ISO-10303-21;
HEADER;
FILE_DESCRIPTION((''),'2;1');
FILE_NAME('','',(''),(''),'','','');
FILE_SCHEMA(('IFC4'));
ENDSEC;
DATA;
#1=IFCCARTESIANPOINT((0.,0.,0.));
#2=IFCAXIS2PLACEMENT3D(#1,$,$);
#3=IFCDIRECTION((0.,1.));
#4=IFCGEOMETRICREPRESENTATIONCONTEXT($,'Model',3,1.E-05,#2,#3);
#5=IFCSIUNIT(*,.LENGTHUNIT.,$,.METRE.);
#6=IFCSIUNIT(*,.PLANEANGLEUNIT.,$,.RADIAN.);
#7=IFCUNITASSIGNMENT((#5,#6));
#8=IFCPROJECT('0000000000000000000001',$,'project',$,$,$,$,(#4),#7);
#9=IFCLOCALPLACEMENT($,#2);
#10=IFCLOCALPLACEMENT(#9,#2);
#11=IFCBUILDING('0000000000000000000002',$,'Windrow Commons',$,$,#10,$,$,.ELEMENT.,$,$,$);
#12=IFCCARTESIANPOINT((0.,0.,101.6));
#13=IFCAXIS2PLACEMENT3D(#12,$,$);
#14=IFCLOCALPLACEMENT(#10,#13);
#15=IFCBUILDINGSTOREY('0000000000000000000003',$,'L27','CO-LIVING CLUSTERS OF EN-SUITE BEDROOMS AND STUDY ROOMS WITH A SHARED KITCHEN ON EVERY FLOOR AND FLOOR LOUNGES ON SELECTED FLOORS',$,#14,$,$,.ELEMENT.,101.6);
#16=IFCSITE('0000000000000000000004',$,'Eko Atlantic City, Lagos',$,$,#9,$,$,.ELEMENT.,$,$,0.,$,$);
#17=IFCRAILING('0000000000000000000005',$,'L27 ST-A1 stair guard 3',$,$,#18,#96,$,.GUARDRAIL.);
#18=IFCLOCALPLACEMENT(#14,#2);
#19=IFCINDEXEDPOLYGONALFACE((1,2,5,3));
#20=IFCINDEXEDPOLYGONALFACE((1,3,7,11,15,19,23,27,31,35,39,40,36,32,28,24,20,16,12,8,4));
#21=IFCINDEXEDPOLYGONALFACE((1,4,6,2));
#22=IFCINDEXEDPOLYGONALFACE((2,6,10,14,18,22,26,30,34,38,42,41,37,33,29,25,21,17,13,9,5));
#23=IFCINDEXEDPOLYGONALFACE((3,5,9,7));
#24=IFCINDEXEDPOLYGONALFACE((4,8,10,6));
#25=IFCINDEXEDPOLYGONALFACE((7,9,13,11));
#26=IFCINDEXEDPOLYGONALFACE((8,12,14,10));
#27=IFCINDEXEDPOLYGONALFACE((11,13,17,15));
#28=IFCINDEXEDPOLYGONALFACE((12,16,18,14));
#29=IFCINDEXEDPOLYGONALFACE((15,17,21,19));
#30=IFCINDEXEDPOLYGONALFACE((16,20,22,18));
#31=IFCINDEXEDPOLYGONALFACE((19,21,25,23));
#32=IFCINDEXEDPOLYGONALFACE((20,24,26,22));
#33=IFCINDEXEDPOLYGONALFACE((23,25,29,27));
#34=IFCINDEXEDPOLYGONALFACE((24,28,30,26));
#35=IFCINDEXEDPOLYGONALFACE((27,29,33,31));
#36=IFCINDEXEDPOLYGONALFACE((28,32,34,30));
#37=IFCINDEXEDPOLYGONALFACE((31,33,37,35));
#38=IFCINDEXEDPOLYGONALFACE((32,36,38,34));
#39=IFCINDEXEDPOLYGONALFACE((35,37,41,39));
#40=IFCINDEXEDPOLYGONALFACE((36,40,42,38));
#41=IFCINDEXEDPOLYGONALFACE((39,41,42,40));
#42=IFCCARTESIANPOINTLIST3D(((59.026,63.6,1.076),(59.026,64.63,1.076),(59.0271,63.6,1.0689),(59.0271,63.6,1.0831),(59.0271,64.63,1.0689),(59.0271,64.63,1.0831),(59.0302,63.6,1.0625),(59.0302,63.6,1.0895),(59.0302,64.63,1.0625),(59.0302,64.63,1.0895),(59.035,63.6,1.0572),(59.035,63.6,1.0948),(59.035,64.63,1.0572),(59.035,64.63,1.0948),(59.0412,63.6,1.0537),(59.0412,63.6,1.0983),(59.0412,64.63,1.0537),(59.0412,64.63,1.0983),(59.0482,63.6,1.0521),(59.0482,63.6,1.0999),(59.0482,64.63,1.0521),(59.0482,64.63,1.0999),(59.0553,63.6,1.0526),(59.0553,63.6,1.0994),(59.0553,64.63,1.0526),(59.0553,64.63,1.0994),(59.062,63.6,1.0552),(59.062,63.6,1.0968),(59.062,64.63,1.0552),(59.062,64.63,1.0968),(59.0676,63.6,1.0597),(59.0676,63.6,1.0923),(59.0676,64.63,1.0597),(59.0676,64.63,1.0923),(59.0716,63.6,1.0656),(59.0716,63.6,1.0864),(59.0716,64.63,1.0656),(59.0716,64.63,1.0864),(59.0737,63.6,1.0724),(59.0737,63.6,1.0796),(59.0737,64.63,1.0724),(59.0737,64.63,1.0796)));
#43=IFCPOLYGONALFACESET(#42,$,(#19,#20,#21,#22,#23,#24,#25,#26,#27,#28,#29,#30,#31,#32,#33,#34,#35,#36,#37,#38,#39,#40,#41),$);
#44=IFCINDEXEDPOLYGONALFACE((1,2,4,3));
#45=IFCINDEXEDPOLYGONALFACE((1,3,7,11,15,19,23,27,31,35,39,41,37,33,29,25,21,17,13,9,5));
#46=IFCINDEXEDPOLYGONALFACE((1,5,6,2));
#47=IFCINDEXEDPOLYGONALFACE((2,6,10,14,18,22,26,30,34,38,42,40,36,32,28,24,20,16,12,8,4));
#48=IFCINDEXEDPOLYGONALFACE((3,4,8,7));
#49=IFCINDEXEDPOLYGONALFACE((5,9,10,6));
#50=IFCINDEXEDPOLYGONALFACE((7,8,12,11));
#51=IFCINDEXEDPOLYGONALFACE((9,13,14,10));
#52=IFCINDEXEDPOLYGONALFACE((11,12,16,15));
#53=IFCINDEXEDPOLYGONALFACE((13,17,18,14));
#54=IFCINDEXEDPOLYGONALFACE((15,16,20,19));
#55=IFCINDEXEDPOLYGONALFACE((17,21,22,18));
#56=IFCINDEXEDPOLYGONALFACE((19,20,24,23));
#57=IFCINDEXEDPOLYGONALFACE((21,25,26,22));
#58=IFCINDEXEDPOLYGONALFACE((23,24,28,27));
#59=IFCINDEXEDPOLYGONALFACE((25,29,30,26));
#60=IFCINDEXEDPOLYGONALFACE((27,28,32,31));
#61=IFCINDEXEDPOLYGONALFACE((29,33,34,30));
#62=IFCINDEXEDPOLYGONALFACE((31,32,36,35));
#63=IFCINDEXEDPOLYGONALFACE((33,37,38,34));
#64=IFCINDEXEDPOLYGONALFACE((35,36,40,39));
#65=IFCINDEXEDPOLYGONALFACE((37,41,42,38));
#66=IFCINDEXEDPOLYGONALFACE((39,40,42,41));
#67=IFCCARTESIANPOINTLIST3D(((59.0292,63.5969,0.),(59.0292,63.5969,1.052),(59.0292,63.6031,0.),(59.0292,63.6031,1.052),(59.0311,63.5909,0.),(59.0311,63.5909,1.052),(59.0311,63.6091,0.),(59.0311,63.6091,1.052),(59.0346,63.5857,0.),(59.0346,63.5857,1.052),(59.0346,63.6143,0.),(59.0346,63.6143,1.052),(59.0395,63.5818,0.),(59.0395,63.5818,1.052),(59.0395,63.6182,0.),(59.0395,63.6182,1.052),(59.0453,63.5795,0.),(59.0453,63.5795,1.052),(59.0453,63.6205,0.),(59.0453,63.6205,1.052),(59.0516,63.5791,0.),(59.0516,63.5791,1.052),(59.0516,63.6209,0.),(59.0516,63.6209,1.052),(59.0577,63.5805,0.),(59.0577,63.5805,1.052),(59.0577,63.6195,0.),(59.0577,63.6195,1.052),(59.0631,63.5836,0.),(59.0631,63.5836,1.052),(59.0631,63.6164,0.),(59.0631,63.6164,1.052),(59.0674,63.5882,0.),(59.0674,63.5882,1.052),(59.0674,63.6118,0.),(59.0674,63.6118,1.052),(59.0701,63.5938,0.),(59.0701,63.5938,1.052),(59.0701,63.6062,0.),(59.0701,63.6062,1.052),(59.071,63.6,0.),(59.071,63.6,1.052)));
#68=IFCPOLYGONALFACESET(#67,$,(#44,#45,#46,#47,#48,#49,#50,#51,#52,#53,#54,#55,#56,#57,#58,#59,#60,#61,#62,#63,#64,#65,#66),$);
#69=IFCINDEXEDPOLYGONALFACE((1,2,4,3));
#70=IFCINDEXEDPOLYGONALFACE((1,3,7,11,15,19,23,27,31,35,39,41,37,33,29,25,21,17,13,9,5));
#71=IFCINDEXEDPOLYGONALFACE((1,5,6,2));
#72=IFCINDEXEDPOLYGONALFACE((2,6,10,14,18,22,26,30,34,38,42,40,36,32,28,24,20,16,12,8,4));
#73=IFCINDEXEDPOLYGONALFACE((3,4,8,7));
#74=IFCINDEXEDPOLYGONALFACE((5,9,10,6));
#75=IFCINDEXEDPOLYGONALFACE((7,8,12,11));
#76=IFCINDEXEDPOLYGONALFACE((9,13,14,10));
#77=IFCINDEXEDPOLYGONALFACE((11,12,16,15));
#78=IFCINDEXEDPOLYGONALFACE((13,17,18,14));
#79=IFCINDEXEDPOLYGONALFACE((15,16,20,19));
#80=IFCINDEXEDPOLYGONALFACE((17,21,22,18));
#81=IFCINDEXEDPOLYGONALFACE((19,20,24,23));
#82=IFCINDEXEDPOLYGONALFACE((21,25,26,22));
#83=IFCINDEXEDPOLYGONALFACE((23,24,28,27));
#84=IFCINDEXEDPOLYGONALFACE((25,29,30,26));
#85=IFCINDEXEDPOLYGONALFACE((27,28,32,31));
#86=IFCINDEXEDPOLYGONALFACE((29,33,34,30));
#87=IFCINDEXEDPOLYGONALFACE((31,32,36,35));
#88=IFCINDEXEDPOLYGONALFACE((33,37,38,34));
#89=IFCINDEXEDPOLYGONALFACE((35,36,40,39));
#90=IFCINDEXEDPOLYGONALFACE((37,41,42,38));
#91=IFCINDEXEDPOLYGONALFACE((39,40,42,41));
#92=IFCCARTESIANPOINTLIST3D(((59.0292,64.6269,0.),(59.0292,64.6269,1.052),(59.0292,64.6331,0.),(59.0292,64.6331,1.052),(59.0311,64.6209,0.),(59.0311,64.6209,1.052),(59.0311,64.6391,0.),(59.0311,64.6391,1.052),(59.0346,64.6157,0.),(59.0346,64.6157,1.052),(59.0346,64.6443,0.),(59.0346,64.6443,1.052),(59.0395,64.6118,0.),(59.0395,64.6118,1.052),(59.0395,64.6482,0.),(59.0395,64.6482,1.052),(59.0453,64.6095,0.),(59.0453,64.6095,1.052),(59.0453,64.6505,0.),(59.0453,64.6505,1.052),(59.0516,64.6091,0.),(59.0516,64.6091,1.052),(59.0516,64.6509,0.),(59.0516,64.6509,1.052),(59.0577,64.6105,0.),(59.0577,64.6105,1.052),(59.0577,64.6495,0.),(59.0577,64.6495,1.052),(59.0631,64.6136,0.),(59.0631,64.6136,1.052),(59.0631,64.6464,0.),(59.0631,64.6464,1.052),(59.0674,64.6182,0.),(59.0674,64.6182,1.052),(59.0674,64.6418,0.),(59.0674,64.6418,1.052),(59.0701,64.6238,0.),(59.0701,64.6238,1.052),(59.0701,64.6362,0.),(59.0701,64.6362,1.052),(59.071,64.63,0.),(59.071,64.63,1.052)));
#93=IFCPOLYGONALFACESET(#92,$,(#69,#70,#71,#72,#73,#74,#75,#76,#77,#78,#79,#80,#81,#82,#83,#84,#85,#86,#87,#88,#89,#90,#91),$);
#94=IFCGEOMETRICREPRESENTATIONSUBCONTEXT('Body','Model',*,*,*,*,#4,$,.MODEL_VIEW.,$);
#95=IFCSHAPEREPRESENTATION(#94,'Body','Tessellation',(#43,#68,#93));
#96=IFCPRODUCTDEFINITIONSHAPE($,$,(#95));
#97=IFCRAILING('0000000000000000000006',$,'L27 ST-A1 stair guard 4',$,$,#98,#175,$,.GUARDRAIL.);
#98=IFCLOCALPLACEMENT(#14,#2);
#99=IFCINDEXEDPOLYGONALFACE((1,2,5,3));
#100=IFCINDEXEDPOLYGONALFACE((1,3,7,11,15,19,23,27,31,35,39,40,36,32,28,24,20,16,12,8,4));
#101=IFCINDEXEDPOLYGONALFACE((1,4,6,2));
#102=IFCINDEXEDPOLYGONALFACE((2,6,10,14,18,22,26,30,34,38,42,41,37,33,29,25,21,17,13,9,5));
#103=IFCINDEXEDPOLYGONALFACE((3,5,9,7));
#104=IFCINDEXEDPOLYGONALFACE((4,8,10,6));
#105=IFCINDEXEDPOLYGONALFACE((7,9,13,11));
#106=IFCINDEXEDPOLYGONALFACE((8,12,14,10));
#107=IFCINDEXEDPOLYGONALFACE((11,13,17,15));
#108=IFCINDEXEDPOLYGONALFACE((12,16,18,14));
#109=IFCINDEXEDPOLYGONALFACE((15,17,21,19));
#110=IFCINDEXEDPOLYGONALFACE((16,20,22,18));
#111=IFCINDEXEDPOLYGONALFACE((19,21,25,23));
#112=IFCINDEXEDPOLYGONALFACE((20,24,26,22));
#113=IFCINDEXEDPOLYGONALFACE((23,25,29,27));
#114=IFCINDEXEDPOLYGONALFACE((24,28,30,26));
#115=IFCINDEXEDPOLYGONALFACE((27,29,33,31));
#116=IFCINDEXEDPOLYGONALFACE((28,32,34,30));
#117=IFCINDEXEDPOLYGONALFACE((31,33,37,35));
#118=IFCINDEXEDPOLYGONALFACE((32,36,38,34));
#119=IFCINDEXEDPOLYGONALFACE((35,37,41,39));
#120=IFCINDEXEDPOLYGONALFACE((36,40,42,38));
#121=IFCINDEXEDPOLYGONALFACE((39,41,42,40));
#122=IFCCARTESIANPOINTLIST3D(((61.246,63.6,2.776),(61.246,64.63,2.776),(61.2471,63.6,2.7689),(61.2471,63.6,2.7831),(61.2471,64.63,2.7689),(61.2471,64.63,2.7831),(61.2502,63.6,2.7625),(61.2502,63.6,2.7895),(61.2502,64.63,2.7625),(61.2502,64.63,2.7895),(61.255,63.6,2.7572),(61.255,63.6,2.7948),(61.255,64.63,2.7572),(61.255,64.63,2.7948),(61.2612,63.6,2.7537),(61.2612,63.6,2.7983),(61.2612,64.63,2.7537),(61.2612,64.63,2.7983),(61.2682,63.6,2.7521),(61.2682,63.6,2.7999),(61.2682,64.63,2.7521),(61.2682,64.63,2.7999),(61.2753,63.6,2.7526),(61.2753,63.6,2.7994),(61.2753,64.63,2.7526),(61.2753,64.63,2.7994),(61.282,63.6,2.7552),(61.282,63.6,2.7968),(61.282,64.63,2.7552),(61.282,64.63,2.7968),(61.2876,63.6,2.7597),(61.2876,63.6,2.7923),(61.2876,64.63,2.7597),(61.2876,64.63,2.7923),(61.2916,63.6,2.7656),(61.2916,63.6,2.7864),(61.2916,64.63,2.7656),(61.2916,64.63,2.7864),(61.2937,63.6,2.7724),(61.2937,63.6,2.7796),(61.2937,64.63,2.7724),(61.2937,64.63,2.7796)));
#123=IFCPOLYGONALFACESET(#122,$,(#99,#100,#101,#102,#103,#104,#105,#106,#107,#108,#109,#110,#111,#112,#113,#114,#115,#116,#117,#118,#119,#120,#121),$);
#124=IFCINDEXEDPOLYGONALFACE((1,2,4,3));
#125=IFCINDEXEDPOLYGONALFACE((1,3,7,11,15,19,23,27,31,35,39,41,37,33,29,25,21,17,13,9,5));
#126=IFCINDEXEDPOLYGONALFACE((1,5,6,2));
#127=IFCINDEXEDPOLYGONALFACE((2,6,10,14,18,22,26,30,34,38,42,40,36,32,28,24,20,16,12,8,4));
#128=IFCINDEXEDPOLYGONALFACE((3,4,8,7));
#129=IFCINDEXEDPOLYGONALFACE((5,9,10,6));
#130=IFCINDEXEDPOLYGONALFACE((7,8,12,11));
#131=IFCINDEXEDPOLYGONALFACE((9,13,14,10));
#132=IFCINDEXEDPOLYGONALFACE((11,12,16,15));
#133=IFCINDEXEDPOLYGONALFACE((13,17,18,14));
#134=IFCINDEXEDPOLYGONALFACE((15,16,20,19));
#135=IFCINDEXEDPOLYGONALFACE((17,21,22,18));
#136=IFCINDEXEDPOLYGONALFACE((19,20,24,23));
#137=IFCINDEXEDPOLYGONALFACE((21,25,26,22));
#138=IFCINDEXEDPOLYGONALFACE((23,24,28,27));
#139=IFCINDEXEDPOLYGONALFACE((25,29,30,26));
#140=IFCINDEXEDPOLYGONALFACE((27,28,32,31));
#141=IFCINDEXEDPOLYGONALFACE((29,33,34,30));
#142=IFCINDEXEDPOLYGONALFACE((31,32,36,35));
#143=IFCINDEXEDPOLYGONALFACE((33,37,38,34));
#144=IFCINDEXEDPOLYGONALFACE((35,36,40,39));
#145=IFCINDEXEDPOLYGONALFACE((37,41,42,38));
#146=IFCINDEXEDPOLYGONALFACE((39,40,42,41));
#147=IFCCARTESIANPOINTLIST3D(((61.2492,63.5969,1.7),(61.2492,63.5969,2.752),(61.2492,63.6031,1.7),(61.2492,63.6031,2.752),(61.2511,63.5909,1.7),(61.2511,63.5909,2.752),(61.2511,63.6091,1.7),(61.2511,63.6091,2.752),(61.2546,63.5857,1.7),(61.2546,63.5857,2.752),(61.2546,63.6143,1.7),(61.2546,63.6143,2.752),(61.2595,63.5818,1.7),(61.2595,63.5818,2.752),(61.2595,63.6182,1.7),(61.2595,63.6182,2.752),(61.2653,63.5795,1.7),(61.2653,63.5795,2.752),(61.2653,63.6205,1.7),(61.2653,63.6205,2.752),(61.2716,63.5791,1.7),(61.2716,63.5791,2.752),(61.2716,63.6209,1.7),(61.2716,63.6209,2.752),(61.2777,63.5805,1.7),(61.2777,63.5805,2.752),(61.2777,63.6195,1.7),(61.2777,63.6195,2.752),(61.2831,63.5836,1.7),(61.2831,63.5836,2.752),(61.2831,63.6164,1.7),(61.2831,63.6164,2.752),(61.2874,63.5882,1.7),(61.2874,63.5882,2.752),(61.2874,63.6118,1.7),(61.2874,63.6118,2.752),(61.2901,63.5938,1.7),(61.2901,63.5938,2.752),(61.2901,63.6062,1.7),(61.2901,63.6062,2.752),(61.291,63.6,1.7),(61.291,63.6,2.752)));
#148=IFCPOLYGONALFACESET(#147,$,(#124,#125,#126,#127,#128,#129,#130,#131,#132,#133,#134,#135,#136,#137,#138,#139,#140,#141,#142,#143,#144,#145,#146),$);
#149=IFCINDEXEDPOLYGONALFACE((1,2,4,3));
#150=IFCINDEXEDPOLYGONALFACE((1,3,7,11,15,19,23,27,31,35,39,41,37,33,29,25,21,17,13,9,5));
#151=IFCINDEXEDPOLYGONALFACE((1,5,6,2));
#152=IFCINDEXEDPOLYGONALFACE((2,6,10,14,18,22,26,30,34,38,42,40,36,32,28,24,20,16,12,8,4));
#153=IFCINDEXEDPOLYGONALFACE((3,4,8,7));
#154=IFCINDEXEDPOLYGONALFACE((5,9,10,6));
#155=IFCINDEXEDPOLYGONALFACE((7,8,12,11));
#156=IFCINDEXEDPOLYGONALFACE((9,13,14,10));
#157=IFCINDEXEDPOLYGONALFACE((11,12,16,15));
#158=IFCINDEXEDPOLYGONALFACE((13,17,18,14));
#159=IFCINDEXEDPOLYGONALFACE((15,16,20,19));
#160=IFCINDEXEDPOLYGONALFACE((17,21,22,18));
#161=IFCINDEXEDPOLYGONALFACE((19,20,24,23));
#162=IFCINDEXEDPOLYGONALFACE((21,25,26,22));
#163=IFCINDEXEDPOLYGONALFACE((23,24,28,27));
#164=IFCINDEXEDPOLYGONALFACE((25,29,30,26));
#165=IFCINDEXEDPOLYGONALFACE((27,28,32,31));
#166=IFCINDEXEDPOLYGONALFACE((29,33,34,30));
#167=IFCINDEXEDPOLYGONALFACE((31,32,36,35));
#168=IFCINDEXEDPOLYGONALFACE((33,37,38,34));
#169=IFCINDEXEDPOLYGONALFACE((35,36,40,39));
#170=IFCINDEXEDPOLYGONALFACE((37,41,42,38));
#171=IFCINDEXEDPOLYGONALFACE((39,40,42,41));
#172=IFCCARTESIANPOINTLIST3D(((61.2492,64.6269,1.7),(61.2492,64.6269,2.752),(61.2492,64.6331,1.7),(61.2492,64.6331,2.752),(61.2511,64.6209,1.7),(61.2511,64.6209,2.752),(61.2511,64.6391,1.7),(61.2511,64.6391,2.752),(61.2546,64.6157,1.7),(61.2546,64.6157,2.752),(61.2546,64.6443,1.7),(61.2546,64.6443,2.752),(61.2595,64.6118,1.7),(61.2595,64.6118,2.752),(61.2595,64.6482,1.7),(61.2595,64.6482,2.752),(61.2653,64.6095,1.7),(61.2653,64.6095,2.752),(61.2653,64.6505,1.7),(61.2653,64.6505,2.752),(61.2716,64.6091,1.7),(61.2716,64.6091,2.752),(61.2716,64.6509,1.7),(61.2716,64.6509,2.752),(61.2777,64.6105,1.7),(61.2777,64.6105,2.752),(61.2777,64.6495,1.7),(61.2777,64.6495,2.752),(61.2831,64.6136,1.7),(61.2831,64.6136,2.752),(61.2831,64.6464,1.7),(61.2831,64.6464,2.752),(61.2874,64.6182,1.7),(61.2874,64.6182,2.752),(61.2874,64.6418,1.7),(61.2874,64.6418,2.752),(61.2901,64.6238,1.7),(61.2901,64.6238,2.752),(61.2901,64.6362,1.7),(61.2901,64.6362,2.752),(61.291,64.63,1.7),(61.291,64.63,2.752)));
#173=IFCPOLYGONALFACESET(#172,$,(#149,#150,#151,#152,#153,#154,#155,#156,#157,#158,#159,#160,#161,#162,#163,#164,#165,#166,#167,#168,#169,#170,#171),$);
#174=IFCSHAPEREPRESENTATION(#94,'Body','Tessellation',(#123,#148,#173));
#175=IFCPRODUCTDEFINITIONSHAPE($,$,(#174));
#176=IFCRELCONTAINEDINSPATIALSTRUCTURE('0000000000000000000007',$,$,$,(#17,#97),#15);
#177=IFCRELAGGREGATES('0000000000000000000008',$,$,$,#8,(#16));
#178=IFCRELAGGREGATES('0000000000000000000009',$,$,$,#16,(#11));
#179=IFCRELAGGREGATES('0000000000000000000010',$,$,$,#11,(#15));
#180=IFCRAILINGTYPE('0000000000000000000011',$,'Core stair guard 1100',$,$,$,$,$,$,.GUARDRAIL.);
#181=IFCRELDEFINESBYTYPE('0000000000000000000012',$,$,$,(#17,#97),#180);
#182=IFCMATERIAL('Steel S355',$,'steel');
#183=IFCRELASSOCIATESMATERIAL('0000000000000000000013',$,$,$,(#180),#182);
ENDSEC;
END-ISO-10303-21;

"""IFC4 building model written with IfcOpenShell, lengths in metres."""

from ifc_helpers import new_model, si_unit, direction, frame, origin, origin_2d, place, context, subcontext, project, spatial, circle, extrude, material, type_object, element, save


model = new_model("IFC4")

# Units and contexts
model_context = context("Model", 3, precision=1e-05, world=origin(), true_north=direction((0.0, 1.0)))
body_context = subcontext(model_context, "Body", "Model", "MODEL_VIEW")
ifc_project = project(units=[si_unit("LENGTHUNIT", "METRE"), si_unit("PLANEANGLEUNIT", "RADIAN")], contexts=[model_context])

# Site, building, storey
site_placement = place(None, origin())
site = spatial("IfcSite", under=ifc_project, at=site_placement, Name="Eko Atlantic City, Lagos", CompositionType="ELEMENT", RefElevation=0.0)
building_placement = place(site_placement, origin())
building = spatial("IfcBuilding", under=site, at=building_placement, Name="Windrow Commons", CompositionType="ELEMENT")
storey_placement = place(building_placement, frame((0.0, 0.0, 101.6)))
storey = spatial("IfcBuildingStorey", under=building, at=storey_placement, Name="L27", Description="CO-LIVING CLUSTERS OF EN-SUITE BEDROOMS AND STUDY ROOMS WITH A SHARED KITCHEN ON EVERY FLOOR AND FLOOR LOUNGES ON SELECTED FLOORS", CompositionType="ELEMENT", Elevation=101.6)

# Railings
ifc_material_1 = material(Name="Steel S355", Category="steel")
railing_type_1 = type_object("IfcRailingType", Name="Core stair guard 1100", PredefinedType="GUARDRAIL", material=ifc_material_1)
for number, where, name in (
    (1, (59.05, 63.6, 0.0), "L27 ST-A1 stair guard 3"),
    (2, (61.27, 63.6, 1.7), "L27 ST-A1 stair guard 4"),
):
    element("IfcRailing", number, at=place(storey_placement, frame(where)), inside=storey, type_object=railing_type_1, Name=name, PredefinedType="GUARDRAIL", context=body_context, shape_type="SweptSolid", body=[
        extrude(circle(Radius=0.024, at=origin_2d()), frame((0.0, 0.0, 1.076), z_axis=(0.0, 1.0, 0.0), x_axis=(-1.0, 0.0, 0.0)), (0.0, 0.0, 1.0), 1.03),
        extrude(circle(Radius=0.021, at=origin_2d()), origin(), (0.0, 0.0, 1.0), 1.052),
        extrude(circle(Radius=0.021, at=origin_2d()), frame((0.0, 1.03, 0.0)), (0.0, 0.0, 1.0), 1.052),
    ])

save(model, "model.ifc")
